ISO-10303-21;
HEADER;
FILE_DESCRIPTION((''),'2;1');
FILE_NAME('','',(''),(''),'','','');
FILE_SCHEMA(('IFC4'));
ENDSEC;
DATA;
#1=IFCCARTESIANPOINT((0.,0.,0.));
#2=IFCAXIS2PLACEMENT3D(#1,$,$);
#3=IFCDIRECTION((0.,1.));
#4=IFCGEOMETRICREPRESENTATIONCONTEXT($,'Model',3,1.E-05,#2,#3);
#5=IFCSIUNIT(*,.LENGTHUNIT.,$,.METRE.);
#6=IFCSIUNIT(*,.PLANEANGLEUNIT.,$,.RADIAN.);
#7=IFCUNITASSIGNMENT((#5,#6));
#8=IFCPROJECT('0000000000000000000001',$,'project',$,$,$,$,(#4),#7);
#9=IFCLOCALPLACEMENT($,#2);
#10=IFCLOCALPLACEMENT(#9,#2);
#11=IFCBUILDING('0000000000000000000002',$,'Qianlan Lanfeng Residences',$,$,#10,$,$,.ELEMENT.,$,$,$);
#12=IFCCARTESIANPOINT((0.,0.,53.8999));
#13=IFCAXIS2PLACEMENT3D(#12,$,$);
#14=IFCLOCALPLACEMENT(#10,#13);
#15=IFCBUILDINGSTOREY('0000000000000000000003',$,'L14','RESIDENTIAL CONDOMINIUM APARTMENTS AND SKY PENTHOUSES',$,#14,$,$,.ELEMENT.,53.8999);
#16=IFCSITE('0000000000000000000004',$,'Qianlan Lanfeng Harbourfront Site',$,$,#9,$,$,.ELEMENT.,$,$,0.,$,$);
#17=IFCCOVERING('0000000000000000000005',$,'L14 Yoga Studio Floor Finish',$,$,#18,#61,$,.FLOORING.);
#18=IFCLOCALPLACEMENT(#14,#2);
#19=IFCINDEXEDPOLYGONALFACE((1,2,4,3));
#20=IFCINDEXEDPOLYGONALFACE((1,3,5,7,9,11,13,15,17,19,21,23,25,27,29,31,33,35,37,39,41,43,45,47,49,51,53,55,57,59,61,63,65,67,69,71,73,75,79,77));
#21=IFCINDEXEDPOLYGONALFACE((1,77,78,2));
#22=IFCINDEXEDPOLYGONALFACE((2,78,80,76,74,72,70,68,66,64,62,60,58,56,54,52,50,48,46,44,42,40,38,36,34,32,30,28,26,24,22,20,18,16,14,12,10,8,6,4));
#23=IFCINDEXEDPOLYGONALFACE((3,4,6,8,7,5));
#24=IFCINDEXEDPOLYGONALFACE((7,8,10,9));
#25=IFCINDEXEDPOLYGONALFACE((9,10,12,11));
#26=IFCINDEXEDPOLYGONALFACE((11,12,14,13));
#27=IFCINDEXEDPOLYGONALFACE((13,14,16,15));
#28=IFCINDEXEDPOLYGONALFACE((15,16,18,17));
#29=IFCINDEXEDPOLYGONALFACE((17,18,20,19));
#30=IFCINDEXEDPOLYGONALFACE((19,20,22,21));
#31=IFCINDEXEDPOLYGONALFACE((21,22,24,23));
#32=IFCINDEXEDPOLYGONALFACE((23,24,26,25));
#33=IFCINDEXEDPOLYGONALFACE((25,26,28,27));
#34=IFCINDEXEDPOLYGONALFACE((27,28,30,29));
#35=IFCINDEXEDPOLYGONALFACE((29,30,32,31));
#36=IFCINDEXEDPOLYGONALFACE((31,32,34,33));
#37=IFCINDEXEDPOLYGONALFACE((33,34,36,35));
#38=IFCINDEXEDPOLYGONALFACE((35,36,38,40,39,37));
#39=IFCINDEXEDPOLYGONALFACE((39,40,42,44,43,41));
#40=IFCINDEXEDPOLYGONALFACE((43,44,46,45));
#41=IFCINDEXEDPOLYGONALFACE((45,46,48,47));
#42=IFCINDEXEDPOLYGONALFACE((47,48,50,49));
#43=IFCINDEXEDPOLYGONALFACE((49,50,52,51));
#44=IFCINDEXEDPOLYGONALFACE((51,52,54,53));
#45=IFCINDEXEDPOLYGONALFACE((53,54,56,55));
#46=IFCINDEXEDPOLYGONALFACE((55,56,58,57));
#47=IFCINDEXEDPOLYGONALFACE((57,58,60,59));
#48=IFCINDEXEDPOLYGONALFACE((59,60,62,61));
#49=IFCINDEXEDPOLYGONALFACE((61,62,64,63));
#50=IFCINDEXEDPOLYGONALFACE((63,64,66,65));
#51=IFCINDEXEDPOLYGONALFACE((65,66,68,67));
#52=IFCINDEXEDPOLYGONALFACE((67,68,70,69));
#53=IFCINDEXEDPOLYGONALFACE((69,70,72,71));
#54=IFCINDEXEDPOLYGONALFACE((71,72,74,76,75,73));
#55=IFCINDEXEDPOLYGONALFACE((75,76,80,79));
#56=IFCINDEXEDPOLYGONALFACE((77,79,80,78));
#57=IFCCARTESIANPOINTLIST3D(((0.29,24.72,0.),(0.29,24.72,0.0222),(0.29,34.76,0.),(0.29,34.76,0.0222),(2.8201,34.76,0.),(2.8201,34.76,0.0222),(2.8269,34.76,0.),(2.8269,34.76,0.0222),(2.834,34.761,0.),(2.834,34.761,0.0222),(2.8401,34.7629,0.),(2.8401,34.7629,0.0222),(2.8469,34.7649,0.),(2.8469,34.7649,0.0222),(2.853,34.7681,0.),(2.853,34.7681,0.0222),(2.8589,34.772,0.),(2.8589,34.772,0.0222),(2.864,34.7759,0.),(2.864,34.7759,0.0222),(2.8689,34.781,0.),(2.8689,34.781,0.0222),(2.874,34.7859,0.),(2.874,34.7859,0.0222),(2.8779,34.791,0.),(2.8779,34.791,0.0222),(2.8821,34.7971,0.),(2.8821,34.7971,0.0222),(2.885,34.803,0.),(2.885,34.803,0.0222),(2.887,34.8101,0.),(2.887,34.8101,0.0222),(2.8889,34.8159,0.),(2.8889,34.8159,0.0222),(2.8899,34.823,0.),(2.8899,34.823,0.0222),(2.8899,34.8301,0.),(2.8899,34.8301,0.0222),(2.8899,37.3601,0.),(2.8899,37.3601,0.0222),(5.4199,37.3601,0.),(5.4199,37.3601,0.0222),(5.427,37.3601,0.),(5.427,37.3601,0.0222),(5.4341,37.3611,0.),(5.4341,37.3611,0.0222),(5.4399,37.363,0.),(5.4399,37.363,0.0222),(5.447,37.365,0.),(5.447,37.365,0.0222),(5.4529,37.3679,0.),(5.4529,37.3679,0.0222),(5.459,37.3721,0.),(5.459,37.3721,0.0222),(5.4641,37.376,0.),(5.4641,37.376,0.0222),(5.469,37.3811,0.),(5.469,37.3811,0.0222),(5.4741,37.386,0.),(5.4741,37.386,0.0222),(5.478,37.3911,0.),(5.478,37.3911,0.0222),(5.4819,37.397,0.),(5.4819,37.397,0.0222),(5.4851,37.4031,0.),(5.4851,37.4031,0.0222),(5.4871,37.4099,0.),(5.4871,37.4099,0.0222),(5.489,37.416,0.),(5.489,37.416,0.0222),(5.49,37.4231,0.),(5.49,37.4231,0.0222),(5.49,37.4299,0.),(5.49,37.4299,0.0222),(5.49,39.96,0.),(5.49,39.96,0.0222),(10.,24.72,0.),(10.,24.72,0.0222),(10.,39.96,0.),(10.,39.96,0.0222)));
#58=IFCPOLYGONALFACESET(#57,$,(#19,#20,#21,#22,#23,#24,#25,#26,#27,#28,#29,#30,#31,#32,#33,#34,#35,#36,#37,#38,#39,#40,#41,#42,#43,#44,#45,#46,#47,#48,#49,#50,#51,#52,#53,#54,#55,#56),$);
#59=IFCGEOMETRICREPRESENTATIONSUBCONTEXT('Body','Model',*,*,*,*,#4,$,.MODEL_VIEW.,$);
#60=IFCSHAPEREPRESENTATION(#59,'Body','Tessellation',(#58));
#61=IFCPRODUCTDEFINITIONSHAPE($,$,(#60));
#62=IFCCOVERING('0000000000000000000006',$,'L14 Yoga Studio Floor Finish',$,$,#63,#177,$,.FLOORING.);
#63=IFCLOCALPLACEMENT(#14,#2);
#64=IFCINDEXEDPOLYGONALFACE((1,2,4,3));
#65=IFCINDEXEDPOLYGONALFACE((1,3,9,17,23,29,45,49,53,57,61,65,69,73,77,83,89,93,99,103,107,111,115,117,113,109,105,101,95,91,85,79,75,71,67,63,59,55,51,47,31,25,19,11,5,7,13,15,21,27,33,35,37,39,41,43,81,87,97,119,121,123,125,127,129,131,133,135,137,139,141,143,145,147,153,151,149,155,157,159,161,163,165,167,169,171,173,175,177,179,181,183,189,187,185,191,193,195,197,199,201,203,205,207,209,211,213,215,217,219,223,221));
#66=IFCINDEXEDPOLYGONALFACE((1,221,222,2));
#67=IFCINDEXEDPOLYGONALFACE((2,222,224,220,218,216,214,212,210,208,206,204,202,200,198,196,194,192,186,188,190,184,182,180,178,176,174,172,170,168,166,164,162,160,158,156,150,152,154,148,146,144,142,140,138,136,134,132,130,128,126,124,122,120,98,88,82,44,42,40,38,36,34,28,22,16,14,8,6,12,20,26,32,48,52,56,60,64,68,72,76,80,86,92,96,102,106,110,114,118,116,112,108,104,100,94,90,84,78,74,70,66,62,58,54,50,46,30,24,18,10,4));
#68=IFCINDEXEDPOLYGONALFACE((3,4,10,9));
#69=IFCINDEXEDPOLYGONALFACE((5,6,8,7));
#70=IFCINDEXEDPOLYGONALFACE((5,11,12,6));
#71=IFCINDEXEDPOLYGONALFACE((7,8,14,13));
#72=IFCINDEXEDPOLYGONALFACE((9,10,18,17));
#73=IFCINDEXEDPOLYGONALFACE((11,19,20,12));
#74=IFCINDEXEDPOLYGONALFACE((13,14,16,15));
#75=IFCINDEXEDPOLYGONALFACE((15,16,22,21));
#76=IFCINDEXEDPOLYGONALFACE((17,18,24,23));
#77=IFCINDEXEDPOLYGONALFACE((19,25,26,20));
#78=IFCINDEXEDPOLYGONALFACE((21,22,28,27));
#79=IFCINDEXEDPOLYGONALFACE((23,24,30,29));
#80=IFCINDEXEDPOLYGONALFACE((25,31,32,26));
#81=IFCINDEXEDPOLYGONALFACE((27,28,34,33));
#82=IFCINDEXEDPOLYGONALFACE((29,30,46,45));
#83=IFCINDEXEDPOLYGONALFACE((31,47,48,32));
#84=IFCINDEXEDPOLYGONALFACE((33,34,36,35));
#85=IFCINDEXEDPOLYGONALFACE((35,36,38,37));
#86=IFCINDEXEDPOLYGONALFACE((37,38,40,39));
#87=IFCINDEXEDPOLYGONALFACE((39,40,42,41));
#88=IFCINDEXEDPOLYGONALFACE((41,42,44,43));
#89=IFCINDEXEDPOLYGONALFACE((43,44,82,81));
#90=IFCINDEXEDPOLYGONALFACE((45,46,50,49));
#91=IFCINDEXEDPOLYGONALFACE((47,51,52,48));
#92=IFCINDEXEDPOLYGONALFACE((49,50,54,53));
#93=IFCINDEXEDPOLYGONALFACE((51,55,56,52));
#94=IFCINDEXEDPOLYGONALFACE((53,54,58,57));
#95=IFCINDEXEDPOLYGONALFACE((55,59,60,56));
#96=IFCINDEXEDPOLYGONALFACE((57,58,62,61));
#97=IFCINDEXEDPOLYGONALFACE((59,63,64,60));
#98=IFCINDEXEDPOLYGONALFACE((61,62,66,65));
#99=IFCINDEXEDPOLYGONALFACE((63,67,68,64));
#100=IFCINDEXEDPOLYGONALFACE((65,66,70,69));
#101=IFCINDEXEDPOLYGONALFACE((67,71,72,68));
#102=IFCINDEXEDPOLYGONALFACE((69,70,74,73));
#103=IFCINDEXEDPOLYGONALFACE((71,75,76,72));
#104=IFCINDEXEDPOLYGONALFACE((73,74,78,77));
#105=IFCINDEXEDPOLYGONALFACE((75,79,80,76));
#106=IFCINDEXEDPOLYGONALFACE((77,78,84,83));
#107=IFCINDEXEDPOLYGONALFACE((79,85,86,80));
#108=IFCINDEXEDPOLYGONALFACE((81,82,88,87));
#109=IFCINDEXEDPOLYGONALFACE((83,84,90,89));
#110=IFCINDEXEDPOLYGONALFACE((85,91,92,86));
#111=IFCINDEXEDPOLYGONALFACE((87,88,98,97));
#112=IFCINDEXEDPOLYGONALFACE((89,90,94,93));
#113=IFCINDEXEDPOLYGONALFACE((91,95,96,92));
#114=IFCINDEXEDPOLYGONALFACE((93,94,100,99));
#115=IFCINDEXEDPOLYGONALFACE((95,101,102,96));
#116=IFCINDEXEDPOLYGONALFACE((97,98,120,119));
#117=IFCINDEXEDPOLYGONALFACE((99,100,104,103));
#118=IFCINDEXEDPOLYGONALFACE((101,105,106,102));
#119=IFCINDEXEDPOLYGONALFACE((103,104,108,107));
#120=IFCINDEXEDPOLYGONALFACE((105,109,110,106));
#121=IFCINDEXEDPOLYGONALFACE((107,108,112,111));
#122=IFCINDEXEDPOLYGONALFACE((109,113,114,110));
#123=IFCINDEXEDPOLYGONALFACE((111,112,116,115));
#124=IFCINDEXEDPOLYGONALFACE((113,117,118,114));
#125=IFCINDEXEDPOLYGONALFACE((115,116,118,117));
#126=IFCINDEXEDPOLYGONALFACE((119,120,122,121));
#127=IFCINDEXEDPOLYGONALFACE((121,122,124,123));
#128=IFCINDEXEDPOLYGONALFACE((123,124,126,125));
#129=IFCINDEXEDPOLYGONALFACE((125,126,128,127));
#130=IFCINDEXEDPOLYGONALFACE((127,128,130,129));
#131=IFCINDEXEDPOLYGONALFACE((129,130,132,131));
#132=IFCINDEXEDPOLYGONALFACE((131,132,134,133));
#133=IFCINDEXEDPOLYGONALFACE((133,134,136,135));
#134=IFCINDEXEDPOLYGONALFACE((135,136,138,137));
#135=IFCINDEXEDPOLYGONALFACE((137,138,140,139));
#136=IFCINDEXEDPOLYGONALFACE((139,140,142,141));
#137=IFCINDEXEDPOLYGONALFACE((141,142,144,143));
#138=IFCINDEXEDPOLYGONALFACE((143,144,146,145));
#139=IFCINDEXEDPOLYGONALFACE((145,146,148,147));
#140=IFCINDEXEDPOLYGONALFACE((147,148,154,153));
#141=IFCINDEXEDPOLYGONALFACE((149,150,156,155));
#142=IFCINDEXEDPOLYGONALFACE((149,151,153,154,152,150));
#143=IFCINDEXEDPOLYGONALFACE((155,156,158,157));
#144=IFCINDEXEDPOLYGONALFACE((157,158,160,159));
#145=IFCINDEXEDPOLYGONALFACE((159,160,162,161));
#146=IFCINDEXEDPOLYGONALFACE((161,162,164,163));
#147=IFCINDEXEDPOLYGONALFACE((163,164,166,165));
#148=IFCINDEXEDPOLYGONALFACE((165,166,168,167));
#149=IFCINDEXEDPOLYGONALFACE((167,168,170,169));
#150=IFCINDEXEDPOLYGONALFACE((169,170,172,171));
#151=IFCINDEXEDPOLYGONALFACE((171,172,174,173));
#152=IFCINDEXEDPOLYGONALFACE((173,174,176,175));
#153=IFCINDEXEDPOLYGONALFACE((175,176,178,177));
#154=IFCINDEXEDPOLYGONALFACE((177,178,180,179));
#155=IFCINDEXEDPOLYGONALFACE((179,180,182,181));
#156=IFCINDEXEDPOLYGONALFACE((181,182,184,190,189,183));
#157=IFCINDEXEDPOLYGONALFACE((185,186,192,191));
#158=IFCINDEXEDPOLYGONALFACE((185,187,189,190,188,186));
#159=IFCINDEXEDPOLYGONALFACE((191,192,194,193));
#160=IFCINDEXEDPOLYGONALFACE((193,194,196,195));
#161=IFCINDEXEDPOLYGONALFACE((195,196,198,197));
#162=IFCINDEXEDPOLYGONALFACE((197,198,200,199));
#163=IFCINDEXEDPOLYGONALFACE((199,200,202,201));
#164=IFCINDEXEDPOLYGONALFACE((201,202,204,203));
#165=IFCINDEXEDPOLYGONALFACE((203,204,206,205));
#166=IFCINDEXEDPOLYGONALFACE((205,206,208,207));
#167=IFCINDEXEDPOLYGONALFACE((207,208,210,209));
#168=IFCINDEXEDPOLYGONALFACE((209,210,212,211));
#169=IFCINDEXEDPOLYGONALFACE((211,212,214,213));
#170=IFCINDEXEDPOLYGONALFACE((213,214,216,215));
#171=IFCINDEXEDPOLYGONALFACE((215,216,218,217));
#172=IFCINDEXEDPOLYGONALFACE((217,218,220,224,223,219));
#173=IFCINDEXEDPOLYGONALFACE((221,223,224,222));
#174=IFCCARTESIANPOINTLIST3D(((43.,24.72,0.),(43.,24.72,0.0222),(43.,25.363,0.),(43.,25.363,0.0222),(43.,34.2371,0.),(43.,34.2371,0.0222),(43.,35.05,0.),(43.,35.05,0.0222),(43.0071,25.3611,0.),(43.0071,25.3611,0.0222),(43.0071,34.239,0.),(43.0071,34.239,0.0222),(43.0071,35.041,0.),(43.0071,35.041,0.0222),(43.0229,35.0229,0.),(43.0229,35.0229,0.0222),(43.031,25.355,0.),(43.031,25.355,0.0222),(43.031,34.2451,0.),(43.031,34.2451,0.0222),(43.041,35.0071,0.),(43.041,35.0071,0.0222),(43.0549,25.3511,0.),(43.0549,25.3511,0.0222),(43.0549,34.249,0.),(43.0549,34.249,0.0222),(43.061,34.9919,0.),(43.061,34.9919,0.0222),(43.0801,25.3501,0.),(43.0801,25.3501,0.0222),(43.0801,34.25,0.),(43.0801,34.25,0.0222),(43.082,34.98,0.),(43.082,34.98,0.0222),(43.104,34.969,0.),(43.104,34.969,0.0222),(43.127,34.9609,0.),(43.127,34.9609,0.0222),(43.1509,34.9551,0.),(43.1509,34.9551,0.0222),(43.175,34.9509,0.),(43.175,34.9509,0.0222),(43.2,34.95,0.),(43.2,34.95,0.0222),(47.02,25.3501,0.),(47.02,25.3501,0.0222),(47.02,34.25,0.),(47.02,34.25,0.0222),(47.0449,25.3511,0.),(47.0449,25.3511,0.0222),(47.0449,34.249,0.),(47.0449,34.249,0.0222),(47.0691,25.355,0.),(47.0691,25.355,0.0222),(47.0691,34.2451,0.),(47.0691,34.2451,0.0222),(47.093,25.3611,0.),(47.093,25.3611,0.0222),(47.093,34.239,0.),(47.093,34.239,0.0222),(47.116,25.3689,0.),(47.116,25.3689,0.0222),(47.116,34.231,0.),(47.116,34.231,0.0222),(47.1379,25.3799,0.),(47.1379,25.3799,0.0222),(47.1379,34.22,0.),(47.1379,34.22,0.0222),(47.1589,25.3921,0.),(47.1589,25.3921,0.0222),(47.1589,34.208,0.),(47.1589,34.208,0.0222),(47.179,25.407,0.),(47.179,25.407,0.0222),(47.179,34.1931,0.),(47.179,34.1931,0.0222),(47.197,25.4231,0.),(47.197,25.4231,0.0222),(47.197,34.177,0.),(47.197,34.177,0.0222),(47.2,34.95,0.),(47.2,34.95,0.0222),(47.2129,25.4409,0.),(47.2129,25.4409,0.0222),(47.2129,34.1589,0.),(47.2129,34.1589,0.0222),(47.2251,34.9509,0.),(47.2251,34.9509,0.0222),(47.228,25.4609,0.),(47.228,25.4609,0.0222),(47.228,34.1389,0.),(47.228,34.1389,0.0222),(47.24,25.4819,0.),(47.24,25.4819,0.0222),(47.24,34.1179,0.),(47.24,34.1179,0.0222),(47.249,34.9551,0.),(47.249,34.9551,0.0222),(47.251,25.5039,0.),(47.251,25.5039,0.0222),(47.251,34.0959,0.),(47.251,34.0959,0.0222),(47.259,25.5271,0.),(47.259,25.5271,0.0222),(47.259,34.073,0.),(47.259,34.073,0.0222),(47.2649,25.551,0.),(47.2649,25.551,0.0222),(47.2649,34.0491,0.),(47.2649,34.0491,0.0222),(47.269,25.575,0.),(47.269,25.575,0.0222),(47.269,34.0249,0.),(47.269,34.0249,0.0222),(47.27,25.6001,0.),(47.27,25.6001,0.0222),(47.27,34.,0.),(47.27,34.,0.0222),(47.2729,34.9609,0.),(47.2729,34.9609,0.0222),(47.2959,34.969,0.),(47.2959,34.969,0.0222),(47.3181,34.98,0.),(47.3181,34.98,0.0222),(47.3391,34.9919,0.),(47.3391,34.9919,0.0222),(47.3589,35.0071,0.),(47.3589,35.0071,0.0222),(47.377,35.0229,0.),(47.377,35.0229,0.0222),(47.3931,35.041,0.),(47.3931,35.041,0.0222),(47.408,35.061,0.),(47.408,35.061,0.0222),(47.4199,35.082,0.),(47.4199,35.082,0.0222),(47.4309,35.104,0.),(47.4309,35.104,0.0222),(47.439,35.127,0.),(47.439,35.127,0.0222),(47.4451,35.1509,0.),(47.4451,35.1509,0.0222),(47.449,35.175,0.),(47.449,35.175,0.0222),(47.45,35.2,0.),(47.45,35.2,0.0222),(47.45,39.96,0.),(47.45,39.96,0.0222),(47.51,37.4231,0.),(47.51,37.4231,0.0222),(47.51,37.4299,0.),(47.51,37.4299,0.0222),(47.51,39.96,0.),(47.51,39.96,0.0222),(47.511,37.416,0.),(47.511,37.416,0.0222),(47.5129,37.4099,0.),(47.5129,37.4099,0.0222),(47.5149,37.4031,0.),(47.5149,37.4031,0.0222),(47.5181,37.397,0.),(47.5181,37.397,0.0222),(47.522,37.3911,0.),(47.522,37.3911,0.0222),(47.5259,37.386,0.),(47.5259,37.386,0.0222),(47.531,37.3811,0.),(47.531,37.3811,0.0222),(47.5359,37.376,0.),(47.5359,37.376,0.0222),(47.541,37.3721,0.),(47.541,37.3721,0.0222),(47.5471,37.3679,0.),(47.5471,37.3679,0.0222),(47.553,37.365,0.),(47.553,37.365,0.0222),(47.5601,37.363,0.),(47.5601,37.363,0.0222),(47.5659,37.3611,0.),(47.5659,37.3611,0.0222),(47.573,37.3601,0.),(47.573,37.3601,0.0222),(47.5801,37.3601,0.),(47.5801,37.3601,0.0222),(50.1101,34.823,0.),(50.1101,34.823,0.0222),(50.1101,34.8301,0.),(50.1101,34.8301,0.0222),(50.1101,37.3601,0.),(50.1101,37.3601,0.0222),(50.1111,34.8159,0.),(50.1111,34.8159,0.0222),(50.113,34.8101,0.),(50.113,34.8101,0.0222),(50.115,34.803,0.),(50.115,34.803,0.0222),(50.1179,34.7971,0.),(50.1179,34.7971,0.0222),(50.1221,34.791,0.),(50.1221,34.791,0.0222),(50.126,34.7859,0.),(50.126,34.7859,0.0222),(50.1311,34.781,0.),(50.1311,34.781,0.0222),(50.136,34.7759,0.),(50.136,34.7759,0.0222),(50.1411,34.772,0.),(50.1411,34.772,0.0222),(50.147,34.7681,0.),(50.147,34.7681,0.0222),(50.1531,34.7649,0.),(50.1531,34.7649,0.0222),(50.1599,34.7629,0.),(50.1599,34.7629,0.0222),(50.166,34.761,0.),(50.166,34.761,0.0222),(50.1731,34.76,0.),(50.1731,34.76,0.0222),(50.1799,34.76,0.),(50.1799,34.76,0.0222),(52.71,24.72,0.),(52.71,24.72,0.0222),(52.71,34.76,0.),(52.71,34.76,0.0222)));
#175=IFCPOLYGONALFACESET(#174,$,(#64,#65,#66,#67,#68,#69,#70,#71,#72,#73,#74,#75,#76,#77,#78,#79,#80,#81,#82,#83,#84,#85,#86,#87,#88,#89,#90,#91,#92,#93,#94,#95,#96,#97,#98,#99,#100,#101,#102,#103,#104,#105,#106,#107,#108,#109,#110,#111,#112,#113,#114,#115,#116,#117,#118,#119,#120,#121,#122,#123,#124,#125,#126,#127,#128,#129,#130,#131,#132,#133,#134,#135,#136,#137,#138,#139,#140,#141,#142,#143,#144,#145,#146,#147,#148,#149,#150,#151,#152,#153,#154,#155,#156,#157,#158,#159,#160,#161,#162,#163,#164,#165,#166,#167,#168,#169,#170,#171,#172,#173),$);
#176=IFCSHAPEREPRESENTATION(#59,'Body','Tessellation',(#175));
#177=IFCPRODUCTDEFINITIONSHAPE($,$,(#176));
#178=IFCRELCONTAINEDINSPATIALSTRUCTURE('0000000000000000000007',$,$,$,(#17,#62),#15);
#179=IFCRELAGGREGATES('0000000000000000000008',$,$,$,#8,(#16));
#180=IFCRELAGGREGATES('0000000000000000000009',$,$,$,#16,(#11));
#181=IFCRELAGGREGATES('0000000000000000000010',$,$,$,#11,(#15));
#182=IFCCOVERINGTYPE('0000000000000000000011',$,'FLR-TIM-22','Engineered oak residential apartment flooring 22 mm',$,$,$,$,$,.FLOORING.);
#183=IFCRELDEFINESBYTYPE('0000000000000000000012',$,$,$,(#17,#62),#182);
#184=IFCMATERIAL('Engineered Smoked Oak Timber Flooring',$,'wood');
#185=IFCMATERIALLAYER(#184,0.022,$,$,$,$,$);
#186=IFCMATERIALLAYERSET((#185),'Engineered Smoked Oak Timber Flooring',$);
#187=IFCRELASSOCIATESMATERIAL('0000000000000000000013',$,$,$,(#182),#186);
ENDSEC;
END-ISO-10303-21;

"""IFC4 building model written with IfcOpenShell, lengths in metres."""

from ifc_helpers import new_model, si_unit, direction, frame, origin, place, context, subcontext, project, spatial, polyline, outline, extrude, material, layer, layer_set, type_object, element, save


model = new_model("IFC4")

# Units and contexts
model_context = context("Model", 3, precision=1e-05, world=origin(), true_north=direction((0.0, 1.0)))
body_context = subcontext(model_context, "Body", "Model", "MODEL_VIEW")
ifc_project = project(units=[si_unit("LENGTHUNIT", "METRE"), si_unit("PLANEANGLEUNIT", "RADIAN")], contexts=[model_context])

# Site, building, storey
site_placement = place(None, origin())
site = spatial("IfcSite", under=ifc_project, at=site_placement, Name="Qianlan Lanfeng Harbourfront Site", CompositionType="ELEMENT", RefElevation=0.0)
building_placement = place(site_placement, origin())
building = spatial("IfcBuilding", under=site, at=building_placement, Name="Qianlan Lanfeng Residences", CompositionType="ELEMENT")
storey_placement = place(building_placement, frame((0.0, 0.0, 53.8999)))
storey = spatial("IfcBuildingStorey", under=building, at=storey_placement, Name="L14", Description="RESIDENTIAL CONDOMINIUM APARTMENTS AND SKY PENTHOUSES", CompositionType="ELEMENT", Elevation=53.8999)

# Coverings
ifc_material_1 = material(Name="Engineered Smoked Oak Timber Flooring", Category="wood")
ifc_layer_1 = layer(ifc_material_1, 0.022)
ifc_layer_set_1 = layer_set([ifc_layer_1], Name="Engineered Smoked Oak Timber Flooring")
covering_type = type_object("IfcCoveringType", Name="FLR-TIM-22", Description="Engineered oak residential apartment flooring 22 mm", PredefinedType="FLOORING", material=ifc_layer_set_1)
covering_1_placement = place(storey_placement, origin())
element("IfcCovering", 1, at=covering_1_placement, inside=storey, type_object=covering_type, Name="L14 Yoga Studio Floor Finish", PredefinedType="FLOORING", context=body_context, shape_type="SweptSolid", body=[
    extrude(outline(polyline([(10.0, 24.72), (10.0, 39.96), (5.49, 39.96), (5.49, 37.4299), (5.49, 37.4231), (5.489, 37.416), (5.4871, 37.4099), (5.4851, 37.4031), (5.4819, 37.397), (5.478, 37.3911), (5.4741, 37.386), (5.469, 37.3811), (5.4641, 37.376), (5.459, 37.3721), (5.4529, 37.3679), (5.447, 37.365), (5.4399, 37.363), (5.4341, 37.3611), (5.427, 37.3601), (5.4199, 37.3601), (2.8899, 37.3601), (2.8899, 34.8301), (2.8899, 34.823), (2.8889, 34.8159), (2.887, 34.8101), (2.885, 34.803), (2.8821, 34.7971), (2.8779, 34.791), (2.874, 34.7859), (2.8689, 34.781), (2.864, 34.7759), (2.8589, 34.772), (2.853, 34.7681), (2.8469, 34.7649), (2.8401, 34.7629), (2.834, 34.761), (2.8269, 34.76), (2.8201, 34.76), (0.29, 34.76), (0.29, 24.72), (10.0, 24.72)])), origin(), (0.0, 0.0, 1.0), 0.0222),
])
covering_2_placement = place(storey_placement, origin())
element("IfcCovering", 2, at=covering_2_placement, inside=storey, type_object=covering_type, Name="L14 Yoga Studio Floor Finish", PredefinedType="FLOORING", context=body_context, shape_type="SweptSolid", body=[
    extrude(outline(polyline([(43.0, 24.72), (52.71, 24.72), (52.71, 34.76), (50.1799, 34.76), (50.1731, 34.76), (50.166, 34.761), (50.1599, 34.7629), (50.1531, 34.7649), (50.147, 34.7681), (50.1411, 34.772), (50.136, 34.7759), (50.1311, 34.781), (50.126, 34.7859), (50.1221, 34.791), (50.1179, 34.7971), (50.115, 34.803), (50.113, 34.8101), (50.1111, 34.8159), (50.1101, 34.823), (50.1101, 34.8301), (50.1101, 37.3601), (47.5801, 37.3601), (47.573, 37.3601), (47.5659, 37.3611), (47.5601, 37.363), (47.553, 37.365), (47.5471, 37.3679), (47.541, 37.3721), (47.5359, 37.376), (47.531, 37.3811), (47.5259, 37.386), (47.522, 37.3911), (47.5181, 37.397), (47.5149, 37.4031), (47.5129, 37.4099), (47.511, 37.416), (47.51, 37.4231), (47.51, 37.4299), (47.51, 39.96), (47.45, 39.96), (47.45, 35.2), (47.449, 35.175), (47.4451, 35.1509), (47.439, 35.127), (47.4309, 35.104), (47.4199, 35.082), (47.408, 35.061), (47.3931, 35.041), (47.377, 35.0229), (47.3589, 35.0071), (47.3391, 34.9919), (47.3181, 34.98), (47.2959, 34.969), (47.2729, 34.9609), (47.249, 34.9551), (47.2251, 34.9509), (47.2, 34.95), (43.2, 34.95), (43.175, 34.9509), (43.1509, 34.9551), (43.127, 34.9609), (43.104, 34.969), (43.082, 34.98), (43.061, 34.9919), (43.041, 35.0071), (43.0229, 35.0229), (43.0071, 35.041), (43.0, 35.05), (43.0, 34.2371), (43.0071, 34.239), (43.031, 34.2451), (43.0549, 34.249), (43.0801, 34.25), (47.02, 34.25), (47.0449, 34.249), (47.0691, 34.2451), (47.093, 34.239), (47.116, 34.231), (47.1379, 34.22), (47.1589, 34.208), (47.179, 34.1931), (47.197, 34.177), (47.2129, 34.1589), (47.228, 34.1389), (47.24, 34.1179), (47.251, 34.0959), (47.259, 34.073), (47.2649, 34.0491), (47.269, 34.0249), (47.27, 34.0), (47.27, 25.6001), (47.269, 25.575), (47.2649, 25.551), (47.259, 25.5271), (47.251, 25.5039), (47.24, 25.4819), (47.228, 25.4609), (47.2129, 25.4409), (47.197, 25.4231), (47.179, 25.407), (47.1589, 25.3921), (47.1379, 25.3799), (47.116, 25.3689), (47.093, 25.3611), (47.0691, 25.355), (47.0449, 25.3511), (47.02, 25.3501), (43.0801, 25.3501), (43.0549, 25.3511), (43.031, 25.355), (43.0071, 25.3611), (43.0, 25.363), (43.0, 24.72)])), origin(), (0.0, 0.0, 1.0), 0.0222),
])

save(model, "model.ifc")
